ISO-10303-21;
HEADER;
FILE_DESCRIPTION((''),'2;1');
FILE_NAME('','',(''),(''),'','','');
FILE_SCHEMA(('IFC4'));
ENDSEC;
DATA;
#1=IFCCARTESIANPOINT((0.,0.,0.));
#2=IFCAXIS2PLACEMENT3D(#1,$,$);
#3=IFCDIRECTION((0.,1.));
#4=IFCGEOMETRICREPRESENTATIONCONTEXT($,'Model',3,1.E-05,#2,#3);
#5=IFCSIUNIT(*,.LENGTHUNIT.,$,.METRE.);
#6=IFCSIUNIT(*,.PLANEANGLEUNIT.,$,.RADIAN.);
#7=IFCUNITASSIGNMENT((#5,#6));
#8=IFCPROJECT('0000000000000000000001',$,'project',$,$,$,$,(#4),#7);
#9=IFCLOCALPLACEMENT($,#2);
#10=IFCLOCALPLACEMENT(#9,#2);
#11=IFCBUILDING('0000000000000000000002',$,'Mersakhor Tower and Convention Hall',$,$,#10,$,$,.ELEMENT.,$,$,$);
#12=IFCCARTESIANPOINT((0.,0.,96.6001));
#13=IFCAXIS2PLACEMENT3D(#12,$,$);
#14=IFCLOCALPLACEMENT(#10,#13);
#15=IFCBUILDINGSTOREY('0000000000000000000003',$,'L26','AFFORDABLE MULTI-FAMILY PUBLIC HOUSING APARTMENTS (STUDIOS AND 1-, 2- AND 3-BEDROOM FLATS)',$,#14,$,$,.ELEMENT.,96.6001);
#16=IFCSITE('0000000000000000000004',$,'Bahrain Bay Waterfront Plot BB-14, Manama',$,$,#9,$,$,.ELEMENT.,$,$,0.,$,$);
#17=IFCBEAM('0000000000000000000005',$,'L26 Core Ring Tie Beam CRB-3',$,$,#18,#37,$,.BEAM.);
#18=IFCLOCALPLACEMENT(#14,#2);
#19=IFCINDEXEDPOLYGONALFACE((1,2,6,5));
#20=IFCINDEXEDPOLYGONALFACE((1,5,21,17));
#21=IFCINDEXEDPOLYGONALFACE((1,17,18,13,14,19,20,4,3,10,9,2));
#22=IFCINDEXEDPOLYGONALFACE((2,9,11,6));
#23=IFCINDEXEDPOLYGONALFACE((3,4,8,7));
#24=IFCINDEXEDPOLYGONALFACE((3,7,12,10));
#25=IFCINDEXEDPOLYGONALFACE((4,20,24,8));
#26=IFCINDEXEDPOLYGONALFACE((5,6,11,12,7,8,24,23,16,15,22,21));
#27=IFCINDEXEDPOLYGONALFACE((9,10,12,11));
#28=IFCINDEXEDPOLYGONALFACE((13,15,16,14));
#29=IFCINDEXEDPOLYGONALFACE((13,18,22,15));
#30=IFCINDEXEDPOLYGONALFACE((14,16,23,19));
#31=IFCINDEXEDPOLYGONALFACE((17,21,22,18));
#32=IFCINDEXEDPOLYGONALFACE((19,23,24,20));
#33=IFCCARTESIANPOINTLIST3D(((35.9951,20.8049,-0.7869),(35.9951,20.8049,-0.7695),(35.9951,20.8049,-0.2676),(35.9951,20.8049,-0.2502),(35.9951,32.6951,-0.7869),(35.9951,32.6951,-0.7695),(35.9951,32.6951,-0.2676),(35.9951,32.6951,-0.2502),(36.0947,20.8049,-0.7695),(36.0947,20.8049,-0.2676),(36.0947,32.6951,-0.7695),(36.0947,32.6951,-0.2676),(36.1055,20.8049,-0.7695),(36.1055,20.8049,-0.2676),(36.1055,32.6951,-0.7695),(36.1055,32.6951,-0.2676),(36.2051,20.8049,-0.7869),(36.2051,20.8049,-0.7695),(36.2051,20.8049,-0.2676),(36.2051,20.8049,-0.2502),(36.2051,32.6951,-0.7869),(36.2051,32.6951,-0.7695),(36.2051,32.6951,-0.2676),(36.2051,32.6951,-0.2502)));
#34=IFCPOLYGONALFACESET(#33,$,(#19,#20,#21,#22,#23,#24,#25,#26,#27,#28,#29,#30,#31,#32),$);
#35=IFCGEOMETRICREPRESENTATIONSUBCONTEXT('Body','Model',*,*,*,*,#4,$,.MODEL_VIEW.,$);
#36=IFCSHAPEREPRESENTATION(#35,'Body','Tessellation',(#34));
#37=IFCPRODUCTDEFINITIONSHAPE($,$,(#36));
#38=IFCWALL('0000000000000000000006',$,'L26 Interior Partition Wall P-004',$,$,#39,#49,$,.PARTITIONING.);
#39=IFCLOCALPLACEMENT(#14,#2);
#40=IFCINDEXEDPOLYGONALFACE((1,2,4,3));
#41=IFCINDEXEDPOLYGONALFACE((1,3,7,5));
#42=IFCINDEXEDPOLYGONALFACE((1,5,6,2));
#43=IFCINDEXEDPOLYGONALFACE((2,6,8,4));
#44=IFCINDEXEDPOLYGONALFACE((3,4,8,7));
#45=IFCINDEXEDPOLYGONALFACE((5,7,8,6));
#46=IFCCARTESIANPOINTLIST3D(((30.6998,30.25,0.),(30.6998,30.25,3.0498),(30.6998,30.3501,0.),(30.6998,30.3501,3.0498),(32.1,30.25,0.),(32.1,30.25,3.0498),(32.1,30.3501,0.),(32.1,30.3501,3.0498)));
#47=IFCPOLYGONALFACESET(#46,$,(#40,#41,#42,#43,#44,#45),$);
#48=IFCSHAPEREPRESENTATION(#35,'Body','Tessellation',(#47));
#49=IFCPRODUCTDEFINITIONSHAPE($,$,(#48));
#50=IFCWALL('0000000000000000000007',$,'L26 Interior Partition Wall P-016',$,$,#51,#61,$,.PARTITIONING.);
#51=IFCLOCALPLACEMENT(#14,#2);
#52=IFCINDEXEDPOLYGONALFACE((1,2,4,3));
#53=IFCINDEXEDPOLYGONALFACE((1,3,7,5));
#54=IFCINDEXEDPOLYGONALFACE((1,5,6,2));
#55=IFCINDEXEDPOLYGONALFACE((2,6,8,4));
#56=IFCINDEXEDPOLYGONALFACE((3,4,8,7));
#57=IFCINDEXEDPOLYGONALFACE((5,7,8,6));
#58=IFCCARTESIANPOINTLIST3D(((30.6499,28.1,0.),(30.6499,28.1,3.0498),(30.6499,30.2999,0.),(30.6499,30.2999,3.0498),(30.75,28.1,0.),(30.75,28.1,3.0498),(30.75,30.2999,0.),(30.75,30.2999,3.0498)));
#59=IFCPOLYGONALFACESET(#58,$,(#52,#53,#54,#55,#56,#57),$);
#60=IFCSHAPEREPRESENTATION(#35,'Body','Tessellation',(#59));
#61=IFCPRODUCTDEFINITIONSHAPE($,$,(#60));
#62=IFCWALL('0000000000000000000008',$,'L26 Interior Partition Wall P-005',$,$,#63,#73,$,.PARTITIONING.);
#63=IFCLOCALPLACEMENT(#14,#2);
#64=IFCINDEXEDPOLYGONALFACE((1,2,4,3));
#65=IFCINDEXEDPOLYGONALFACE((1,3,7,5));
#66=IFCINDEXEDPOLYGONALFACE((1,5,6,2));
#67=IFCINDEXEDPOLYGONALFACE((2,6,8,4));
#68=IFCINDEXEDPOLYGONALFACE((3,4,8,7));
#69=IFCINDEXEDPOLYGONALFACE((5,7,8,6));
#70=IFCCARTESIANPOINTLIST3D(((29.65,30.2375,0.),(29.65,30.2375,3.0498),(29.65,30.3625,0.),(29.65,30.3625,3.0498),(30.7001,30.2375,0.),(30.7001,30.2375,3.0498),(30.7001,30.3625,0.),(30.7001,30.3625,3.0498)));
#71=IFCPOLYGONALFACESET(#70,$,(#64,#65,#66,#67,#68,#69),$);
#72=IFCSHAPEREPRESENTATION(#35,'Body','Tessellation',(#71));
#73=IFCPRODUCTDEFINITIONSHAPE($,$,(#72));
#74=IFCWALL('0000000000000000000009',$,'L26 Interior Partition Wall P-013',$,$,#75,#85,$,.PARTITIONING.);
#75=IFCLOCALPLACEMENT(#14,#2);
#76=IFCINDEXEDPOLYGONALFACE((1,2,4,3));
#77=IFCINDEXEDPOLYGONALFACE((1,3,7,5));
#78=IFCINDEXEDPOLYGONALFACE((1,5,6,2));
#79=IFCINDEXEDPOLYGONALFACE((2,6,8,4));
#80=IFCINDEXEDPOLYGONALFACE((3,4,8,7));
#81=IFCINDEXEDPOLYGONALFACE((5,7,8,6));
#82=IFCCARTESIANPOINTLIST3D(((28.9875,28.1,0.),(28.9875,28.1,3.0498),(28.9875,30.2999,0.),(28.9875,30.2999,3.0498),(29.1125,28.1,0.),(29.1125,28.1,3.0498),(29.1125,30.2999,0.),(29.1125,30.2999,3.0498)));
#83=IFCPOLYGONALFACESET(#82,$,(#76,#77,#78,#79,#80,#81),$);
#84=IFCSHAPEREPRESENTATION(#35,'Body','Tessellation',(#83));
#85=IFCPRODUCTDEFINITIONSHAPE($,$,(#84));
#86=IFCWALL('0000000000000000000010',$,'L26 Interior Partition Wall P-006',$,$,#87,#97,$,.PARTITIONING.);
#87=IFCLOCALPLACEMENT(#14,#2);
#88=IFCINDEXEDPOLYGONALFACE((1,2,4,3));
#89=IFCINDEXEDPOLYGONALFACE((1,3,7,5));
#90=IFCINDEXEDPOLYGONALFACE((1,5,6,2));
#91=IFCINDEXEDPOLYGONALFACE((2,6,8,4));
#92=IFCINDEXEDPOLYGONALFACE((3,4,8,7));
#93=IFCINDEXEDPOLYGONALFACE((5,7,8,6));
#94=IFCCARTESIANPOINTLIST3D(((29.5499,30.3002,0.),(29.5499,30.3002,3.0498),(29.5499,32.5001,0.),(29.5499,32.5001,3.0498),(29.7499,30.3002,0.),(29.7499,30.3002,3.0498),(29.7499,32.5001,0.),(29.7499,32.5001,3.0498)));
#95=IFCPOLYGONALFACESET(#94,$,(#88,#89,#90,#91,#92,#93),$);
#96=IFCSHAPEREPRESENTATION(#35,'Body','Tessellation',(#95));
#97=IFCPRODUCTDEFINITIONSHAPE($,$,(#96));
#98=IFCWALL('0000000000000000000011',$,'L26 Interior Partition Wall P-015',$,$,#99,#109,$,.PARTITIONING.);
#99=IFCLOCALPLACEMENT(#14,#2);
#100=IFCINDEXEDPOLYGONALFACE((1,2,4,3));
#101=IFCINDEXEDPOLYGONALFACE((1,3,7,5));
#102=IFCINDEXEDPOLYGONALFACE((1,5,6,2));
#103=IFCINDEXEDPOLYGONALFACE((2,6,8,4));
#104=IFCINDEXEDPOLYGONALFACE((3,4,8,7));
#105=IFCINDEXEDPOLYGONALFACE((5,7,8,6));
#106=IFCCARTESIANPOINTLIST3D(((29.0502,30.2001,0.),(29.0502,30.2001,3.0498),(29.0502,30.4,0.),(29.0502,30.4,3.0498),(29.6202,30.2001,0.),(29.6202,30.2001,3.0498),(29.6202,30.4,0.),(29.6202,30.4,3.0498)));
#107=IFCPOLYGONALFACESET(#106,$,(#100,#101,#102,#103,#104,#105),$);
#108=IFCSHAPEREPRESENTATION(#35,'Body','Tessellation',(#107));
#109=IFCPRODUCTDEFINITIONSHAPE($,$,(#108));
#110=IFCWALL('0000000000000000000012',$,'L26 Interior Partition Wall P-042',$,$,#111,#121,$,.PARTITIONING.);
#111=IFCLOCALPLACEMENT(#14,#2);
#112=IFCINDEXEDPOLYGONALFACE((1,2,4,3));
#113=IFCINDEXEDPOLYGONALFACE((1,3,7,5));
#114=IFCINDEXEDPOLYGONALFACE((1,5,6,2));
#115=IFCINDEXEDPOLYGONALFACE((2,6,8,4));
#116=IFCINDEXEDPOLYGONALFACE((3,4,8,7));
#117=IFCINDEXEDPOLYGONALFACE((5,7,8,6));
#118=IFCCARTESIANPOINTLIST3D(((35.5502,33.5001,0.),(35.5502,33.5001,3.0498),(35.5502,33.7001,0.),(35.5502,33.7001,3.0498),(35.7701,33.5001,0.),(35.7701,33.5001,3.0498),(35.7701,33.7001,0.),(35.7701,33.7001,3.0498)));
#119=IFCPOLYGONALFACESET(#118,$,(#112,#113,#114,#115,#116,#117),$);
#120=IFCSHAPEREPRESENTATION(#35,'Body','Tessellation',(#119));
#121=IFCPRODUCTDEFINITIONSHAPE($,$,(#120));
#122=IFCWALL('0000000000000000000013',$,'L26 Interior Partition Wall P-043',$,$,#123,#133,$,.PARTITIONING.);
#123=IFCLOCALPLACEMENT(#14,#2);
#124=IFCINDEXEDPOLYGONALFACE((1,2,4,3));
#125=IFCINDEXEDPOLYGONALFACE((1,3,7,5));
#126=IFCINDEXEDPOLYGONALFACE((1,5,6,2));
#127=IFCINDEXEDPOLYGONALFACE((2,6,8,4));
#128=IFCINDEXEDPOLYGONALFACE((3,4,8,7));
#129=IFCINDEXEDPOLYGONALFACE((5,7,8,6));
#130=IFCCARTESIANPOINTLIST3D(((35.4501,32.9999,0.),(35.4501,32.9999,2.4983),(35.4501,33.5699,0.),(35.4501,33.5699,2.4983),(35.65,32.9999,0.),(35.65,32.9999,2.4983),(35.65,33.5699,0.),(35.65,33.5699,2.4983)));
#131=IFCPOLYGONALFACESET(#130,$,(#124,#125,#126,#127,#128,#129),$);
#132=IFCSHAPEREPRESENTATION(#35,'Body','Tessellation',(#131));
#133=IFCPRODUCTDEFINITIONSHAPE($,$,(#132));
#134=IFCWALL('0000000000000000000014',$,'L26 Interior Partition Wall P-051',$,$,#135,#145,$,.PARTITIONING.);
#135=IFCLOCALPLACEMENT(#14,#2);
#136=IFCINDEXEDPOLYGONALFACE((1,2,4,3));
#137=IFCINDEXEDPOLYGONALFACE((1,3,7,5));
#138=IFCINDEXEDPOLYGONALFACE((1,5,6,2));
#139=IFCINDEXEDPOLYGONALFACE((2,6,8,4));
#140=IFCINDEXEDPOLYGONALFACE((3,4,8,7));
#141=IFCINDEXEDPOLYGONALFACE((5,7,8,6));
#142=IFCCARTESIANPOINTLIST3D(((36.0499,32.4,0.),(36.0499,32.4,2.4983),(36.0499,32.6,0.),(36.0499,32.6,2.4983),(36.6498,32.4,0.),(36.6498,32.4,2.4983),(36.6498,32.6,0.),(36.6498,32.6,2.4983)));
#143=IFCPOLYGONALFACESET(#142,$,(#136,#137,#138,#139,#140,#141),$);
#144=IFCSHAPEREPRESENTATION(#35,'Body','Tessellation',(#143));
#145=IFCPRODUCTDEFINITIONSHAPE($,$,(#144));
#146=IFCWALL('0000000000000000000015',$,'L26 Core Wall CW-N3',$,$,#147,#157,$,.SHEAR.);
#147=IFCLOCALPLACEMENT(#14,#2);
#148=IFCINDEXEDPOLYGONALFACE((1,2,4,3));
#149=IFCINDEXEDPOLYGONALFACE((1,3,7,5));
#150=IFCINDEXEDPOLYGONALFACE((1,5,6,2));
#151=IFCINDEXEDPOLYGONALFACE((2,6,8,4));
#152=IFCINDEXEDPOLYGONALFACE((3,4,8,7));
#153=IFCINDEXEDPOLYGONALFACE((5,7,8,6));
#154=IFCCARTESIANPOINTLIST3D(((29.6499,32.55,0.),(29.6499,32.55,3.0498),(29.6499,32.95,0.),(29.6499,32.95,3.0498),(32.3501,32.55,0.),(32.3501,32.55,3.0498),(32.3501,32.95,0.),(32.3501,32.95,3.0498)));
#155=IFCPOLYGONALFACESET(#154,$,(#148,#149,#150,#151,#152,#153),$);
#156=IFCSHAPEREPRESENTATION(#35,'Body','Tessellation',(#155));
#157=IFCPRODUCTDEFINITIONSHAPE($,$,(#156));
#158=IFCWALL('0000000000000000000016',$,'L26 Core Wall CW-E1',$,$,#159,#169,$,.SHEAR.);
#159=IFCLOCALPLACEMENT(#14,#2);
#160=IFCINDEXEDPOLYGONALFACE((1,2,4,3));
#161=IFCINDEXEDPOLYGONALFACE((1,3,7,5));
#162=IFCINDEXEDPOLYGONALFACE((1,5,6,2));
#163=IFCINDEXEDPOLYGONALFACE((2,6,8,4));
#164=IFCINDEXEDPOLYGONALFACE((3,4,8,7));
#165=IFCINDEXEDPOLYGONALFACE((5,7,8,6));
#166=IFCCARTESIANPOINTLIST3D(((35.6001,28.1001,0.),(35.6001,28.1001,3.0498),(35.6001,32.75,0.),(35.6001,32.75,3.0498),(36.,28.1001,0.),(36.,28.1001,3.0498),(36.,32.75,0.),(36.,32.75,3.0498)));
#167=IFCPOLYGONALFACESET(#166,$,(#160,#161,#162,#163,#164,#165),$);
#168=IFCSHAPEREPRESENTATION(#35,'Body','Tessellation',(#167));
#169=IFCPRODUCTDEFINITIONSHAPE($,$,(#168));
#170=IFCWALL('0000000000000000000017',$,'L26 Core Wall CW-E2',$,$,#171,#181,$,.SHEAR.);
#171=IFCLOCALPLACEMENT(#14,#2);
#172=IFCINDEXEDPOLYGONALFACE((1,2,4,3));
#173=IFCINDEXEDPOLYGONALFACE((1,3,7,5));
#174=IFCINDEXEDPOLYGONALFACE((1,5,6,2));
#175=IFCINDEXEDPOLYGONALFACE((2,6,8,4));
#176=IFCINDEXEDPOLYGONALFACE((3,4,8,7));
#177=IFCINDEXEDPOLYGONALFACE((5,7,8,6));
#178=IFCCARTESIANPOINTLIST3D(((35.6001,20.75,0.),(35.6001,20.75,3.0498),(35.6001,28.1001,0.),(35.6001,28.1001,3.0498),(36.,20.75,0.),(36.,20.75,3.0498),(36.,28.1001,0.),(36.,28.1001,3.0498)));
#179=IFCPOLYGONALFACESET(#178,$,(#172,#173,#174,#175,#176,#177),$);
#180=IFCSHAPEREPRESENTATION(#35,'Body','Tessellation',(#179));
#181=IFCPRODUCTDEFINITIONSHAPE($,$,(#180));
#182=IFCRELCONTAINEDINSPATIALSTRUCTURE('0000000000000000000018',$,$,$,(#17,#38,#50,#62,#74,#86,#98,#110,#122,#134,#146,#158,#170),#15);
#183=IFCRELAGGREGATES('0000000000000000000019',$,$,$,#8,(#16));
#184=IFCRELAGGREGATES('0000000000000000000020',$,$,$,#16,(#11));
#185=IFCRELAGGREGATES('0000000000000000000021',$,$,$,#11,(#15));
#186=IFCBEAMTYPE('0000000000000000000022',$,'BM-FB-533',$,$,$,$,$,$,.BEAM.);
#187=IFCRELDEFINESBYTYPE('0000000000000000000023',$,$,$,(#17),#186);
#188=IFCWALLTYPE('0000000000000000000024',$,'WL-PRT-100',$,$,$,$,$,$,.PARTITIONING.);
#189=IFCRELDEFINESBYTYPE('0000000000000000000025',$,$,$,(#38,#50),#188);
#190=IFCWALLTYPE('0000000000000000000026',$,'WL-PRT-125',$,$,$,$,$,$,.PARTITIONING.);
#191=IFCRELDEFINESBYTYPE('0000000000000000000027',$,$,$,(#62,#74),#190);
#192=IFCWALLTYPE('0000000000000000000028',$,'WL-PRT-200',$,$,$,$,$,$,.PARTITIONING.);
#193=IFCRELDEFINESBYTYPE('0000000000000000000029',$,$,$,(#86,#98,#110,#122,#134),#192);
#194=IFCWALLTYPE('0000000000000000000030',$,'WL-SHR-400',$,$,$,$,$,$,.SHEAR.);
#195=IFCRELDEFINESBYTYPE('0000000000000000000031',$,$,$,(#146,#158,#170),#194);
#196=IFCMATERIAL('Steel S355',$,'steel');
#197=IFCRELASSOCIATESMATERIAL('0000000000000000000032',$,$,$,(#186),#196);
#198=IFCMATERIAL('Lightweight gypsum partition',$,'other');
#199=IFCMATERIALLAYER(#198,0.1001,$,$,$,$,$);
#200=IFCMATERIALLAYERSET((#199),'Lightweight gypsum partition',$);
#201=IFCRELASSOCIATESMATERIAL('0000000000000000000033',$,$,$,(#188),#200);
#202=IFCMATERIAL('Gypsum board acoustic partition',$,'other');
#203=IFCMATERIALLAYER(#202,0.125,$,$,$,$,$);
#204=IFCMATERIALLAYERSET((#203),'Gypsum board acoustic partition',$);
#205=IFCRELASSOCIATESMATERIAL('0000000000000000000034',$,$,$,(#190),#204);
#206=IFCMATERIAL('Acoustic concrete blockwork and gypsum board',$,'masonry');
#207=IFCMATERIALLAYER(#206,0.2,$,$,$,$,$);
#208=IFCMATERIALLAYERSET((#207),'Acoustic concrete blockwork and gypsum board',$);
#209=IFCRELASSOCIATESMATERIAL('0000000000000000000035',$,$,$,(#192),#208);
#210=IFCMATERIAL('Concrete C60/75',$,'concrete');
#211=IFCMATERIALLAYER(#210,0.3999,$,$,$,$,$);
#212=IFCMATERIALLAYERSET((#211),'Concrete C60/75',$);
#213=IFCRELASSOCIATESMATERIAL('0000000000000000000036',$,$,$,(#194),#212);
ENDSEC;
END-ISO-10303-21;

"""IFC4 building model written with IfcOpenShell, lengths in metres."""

from ifc_helpers import new_model, si_unit, direction, frame, frame_2d, origin, origin_2d, place, context, subcontext, project, spatial, rectangle, i_section, extrude, material, layer, layer_set, material_profile, profile_set, type_object, element, save


model = new_model("IFC4")

# Units and contexts
model_context = context("Model", 3, precision=1e-05, world=origin(), true_north=direction((0.0, 1.0)))
body_context = subcontext(model_context, "Body", "Model", "MODEL_VIEW")
ifc_project = project(units=[si_unit("LENGTHUNIT", "METRE"), si_unit("PLANEANGLEUNIT", "RADIAN")], contexts=[model_context])

# Site, building, storey
site_placement = place(None, origin())
site = spatial("IfcSite", under=ifc_project, at=site_placement, Name="Bahrain Bay Waterfront Plot BB-14, Manama", CompositionType="ELEMENT", RefElevation=0.0)
building_placement = place(site_placement, origin())
building = spatial("IfcBuilding", under=site, at=building_placement, Name="Mersakhor Tower and Convention Hall", CompositionType="ELEMENT")
storey_placement = place(building_placement, frame((0.0, 0.0, 96.6001)))
storey = spatial("IfcBuildingStorey", under=building, at=storey_placement, Name="L26", Description="AFFORDABLE MULTI-FAMILY PUBLIC HOUSING APARTMENTS (STUDIOS AND 1-, 2- AND 3-BEDROOM FLATS)", CompositionType="ELEMENT", Elevation=96.6001)

# Beam
ifc_material_1 = material(Name="Steel S355", Category="steel")
ifc_material_profile = material_profile(ifc_material_1, i_section(OverallWidth=0.21, OverallDepth=0.5366, WebThickness=0.0107, FlangeThickness=0.0173, at=origin_2d()), Name="UB 533x210x101")
ifc_profile_set = profile_set([ifc_material_profile], Name="Steel S355")
beam_type = type_object("IfcBeamType", Name="BM-FB-533", PredefinedType="BEAM", material=ifc_profile_set)
beam_placement = place(storey_placement, frame((36.1001, 32.6951, -0.5186), z_axis=(0.0, -1.0, 0.0), x_axis=(1.0, 0.0, 0.0)))
element("IfcBeam", 1, at=beam_placement, inside=storey, type_object=beam_type, Name="L26 Core Ring Tie Beam CRB-3", PredefinedType="BEAM", context=body_context, shape_type="SweptSolid", body=[
    extrude(i_section(OverallWidth=0.21, OverallDepth=0.5366, WebThickness=0.0107, FlangeThickness=0.0173, at=origin_2d()), origin(), (0.0, 0.0, 1.0), 11.8901),
])

# Walls
ifc_material_2 = material(Name="Lightweight gypsum partition", Category="other")
ifc_layer_1 = layer(ifc_material_2, 0.1001)
ifc_layer_set_1 = layer_set([ifc_layer_1], Name="Lightweight gypsum partition")
wall_type_1 = type_object("IfcWallType", Name="WL-PRT-100", PredefinedType="PARTITIONING", material=ifc_layer_set_1)
wall_1_placement = place(storey_placement, frame((32.1001, 30.3, 0.0), z_axis=(0.0, 0.0, 1.0), x_axis=(-1.0, 0.0, 0.0)))
element("IfcWall", 2, at=wall_1_placement, inside=storey, type_object=wall_type_1, Name="L26 Interior Partition Wall P-004", PredefinedType="PARTITIONING", context=body_context, shape_type="SweptSolid", body=[
    extrude(rectangle(XDim=1.4001, YDim=0.1001, at=frame_2d((0.7002, 0.0))), origin(), (0.0, 0.0, 1.0), 3.0498),
])
wall_2_placement = place(storey_placement, frame((30.7, 30.3, 0.0), z_axis=(0.0, 0.0, 1.0), x_axis=(0.0, -1.0, 0.0)))
element("IfcWall", 3, at=wall_2_placement, inside=storey, type_object=wall_type_1, Name="L26 Interior Partition Wall P-016", PredefinedType="PARTITIONING", context=body_context, shape_type="SweptSolid", body=[
    extrude(rectangle(XDim=2.2, YDim=0.1001, at=frame_2d((1.1001, 0.0))), origin(), (0.0, 0.0, 1.0), 3.0498),
])
ifc_material_3 = material(Name="Gypsum board acoustic partition", Category="other")
ifc_layer_2 = layer(ifc_material_3, 0.125)
ifc_layer_set_2 = layer_set([ifc_layer_2], Name="Gypsum board acoustic partition")
wall_type_2 = type_object("IfcWallType", Name="WL-PRT-125", PredefinedType="PARTITIONING", material=ifc_layer_set_2)
wall_3_placement = place(storey_placement, frame((30.7, 30.3, 0.0), z_axis=(0.0, 0.0, 1.0), x_axis=(-1.0, 0.0, 0.0)))
element("IfcWall", 4, at=wall_3_placement, inside=storey, type_object=wall_type_2, Name="L26 Interior Partition Wall P-005", PredefinedType="PARTITIONING", context=body_context, shape_type="SweptSolid", body=[
    extrude(rectangle(XDim=1.05, YDim=0.125, at=frame_2d((0.5249, 0.0))), origin(), (0.0, 0.0, 1.0), 3.0498),
])
wall_4_placement = place(storey_placement, frame((29.05, 30.3, 0.0), z_axis=(0.0, 0.0, 1.0), x_axis=(0.0, -1.0, 0.0)))
element("IfcWall", 5, at=wall_4_placement, inside=storey, type_object=wall_type_2, Name="L26 Interior Partition Wall P-013", PredefinedType="PARTITIONING", context=body_context, shape_type="SweptSolid", body=[
    extrude(rectangle(XDim=2.2, YDim=0.125, at=frame_2d((1.1001, 0.0))), origin(), (0.0, 0.0, 1.0), 3.0498),
])
ifc_material_4 = material(Name="Acoustic concrete blockwork and gypsum board", Category="masonry")
ifc_layer_3 = layer(ifc_material_4, 0.2)
ifc_layer_set_3 = layer_set([ifc_layer_3], Name="Acoustic concrete blockwork and gypsum board")
wall_type_3 = type_object("IfcWallType", Name="WL-PRT-200", PredefinedType="PARTITIONING", material=ifc_layer_set_3)
wall_5_placement = place(storey_placement, frame((29.6499, 30.3, 0.0), z_axis=(0.0, 0.0, 1.0), x_axis=(0.0, 1.0, 0.0)))
element("IfcWall", 6, at=wall_5_placement, inside=storey, type_object=wall_type_3, Name="L26 Interior Partition Wall P-006", PredefinedType="PARTITIONING", context=body_context, shape_type="SweptSolid", body=[
    extrude(rectangle(XDim=2.2, YDim=0.2, at=frame_2d((1.1001, 0.0))), origin(), (0.0, 0.0, 1.0), 3.0498),
])
wall_6_placement = place(storey_placement, frame((29.05, 30.3, 0.0), z_axis=(0.0, 0.0, 1.0), x_axis=(1.0, 0.0, 0.0)))
element("IfcWall", 7, at=wall_6_placement, inside=storey, type_object=wall_type_3, Name="L26 Interior Partition Wall P-015", PredefinedType="PARTITIONING", context=body_context, shape_type="SweptSolid", body=[
    extrude(rectangle(XDim=0.5701, YDim=0.2, at=frame_2d((0.2852, 0.0))), origin(), (0.0, 0.0, 1.0), 3.0498),
])
wall_7_placement = place(storey_placement, frame((35.77, 33.6001, 0.0), z_axis=(0.0, 0.0, 1.0), x_axis=(-1.0, 0.0, 0.0)))
element("IfcWall", 8, at=wall_7_placement, inside=storey, type_object=wall_type_3, Name="L26 Interior Partition Wall P-042", PredefinedType="PARTITIONING", context=body_context, shape_type="SweptSolid", body=[
    extrude(rectangle(XDim=0.22, YDim=0.2, at=frame_2d((0.1099, 0.0))), origin(), (0.0, 0.0, 1.0), 3.0498),
])
wall_8_placement = place(storey_placement, frame((35.55, 33.5701, 0.0), z_axis=(0.0, 0.0, 1.0), x_axis=(0.0, -1.0, 0.0)))
element("IfcWall", 9, at=wall_8_placement, inside=storey, type_object=wall_type_3, Name="L26 Interior Partition Wall P-043", PredefinedType="PARTITIONING", context=body_context, shape_type="SweptSolid", body=[
    extrude(rectangle(XDim=0.5701, YDim=0.2, at=frame_2d((0.2852, 0.0))), origin(), (0.0, 0.0, 1.0), 2.4983),
])
wall_9_placement = place(storey_placement, frame((36.05, 32.5, 0.0), z_axis=(0.0, 0.0, 1.0), x_axis=(1.0, 0.0, 0.0)))
element("IfcWall", 10, at=wall_9_placement, inside=storey, type_object=wall_type_3, Name="L26 Interior Partition Wall P-051", PredefinedType="PARTITIONING", context=body_context, shape_type="SweptSolid", body=[
    extrude(rectangle(XDim=0.5999, YDim=0.2, at=frame_2d((0.2998, 0.0))), origin(), (0.0, 0.0, 1.0), 2.4983),
])

# Wall
ifc_material_5 = material(Name="Concrete C60/75", Category="concrete")
ifc_layer_4 = layer(ifc_material_5, 0.3999)
ifc_layer_set_4 = layer_set([ifc_layer_4], Name="Concrete C60/75")
wall_type_4 = type_object("IfcWallType", Name="WL-SHR-400", PredefinedType="SHEAR", material=ifc_layer_set_4)
wall_10_placement = place(storey_placement, frame((29.6499, 32.75, 0.0), z_axis=(0.0, 0.0, 1.0), x_axis=(1.0, 0.0, 0.0)))
element("IfcWall", 11, at=wall_10_placement, inside=storey, type_object=wall_type_4, Name="L26 Core Wall CW-N3", PredefinedType="SHEAR", context=body_context, shape_type="SweptSolid", body=[
    extrude(rectangle(XDim=2.7002, YDim=0.3999, at=frame_2d((1.3501, 0.0))), origin(), (0.0, 0.0, 1.0), 3.0498),
])

# Walls
wall_11_placement = place(storey_placement, frame((35.8, 32.75, 0.0), z_axis=(0.0, 0.0, 1.0), x_axis=(0.0, -1.0, 0.0)))
element("IfcWall", 12, at=wall_11_placement, inside=storey, type_object=wall_type_4, Name="L26 Core Wall CW-E1", PredefinedType="SHEAR", context=body_context, shape_type="SweptSolid", body=[
    extrude(rectangle(XDim=4.6499, YDim=0.3999, at=frame_2d((2.325, 0.0))), origin(), (0.0, 0.0, 1.0), 3.0498),
])
wall_12_placement = place(storey_placement, frame((35.8, 28.1001, 0.0), z_axis=(0.0, 0.0, 1.0), x_axis=(0.0, -1.0, 0.0)))
element("IfcWall", 13, at=wall_12_placement, inside=storey, type_object=wall_type_4, Name="L26 Core Wall CW-E2", PredefinedType="SHEAR", context=body_context, shape_type="SweptSolid", body=[
    extrude(rectangle(XDim=7.3501, YDim=0.3999, at=frame_2d((3.675, 0.0))), origin(), (0.0, 0.0, 1.0), 3.0498),
])

save(model, "model.ifc")
